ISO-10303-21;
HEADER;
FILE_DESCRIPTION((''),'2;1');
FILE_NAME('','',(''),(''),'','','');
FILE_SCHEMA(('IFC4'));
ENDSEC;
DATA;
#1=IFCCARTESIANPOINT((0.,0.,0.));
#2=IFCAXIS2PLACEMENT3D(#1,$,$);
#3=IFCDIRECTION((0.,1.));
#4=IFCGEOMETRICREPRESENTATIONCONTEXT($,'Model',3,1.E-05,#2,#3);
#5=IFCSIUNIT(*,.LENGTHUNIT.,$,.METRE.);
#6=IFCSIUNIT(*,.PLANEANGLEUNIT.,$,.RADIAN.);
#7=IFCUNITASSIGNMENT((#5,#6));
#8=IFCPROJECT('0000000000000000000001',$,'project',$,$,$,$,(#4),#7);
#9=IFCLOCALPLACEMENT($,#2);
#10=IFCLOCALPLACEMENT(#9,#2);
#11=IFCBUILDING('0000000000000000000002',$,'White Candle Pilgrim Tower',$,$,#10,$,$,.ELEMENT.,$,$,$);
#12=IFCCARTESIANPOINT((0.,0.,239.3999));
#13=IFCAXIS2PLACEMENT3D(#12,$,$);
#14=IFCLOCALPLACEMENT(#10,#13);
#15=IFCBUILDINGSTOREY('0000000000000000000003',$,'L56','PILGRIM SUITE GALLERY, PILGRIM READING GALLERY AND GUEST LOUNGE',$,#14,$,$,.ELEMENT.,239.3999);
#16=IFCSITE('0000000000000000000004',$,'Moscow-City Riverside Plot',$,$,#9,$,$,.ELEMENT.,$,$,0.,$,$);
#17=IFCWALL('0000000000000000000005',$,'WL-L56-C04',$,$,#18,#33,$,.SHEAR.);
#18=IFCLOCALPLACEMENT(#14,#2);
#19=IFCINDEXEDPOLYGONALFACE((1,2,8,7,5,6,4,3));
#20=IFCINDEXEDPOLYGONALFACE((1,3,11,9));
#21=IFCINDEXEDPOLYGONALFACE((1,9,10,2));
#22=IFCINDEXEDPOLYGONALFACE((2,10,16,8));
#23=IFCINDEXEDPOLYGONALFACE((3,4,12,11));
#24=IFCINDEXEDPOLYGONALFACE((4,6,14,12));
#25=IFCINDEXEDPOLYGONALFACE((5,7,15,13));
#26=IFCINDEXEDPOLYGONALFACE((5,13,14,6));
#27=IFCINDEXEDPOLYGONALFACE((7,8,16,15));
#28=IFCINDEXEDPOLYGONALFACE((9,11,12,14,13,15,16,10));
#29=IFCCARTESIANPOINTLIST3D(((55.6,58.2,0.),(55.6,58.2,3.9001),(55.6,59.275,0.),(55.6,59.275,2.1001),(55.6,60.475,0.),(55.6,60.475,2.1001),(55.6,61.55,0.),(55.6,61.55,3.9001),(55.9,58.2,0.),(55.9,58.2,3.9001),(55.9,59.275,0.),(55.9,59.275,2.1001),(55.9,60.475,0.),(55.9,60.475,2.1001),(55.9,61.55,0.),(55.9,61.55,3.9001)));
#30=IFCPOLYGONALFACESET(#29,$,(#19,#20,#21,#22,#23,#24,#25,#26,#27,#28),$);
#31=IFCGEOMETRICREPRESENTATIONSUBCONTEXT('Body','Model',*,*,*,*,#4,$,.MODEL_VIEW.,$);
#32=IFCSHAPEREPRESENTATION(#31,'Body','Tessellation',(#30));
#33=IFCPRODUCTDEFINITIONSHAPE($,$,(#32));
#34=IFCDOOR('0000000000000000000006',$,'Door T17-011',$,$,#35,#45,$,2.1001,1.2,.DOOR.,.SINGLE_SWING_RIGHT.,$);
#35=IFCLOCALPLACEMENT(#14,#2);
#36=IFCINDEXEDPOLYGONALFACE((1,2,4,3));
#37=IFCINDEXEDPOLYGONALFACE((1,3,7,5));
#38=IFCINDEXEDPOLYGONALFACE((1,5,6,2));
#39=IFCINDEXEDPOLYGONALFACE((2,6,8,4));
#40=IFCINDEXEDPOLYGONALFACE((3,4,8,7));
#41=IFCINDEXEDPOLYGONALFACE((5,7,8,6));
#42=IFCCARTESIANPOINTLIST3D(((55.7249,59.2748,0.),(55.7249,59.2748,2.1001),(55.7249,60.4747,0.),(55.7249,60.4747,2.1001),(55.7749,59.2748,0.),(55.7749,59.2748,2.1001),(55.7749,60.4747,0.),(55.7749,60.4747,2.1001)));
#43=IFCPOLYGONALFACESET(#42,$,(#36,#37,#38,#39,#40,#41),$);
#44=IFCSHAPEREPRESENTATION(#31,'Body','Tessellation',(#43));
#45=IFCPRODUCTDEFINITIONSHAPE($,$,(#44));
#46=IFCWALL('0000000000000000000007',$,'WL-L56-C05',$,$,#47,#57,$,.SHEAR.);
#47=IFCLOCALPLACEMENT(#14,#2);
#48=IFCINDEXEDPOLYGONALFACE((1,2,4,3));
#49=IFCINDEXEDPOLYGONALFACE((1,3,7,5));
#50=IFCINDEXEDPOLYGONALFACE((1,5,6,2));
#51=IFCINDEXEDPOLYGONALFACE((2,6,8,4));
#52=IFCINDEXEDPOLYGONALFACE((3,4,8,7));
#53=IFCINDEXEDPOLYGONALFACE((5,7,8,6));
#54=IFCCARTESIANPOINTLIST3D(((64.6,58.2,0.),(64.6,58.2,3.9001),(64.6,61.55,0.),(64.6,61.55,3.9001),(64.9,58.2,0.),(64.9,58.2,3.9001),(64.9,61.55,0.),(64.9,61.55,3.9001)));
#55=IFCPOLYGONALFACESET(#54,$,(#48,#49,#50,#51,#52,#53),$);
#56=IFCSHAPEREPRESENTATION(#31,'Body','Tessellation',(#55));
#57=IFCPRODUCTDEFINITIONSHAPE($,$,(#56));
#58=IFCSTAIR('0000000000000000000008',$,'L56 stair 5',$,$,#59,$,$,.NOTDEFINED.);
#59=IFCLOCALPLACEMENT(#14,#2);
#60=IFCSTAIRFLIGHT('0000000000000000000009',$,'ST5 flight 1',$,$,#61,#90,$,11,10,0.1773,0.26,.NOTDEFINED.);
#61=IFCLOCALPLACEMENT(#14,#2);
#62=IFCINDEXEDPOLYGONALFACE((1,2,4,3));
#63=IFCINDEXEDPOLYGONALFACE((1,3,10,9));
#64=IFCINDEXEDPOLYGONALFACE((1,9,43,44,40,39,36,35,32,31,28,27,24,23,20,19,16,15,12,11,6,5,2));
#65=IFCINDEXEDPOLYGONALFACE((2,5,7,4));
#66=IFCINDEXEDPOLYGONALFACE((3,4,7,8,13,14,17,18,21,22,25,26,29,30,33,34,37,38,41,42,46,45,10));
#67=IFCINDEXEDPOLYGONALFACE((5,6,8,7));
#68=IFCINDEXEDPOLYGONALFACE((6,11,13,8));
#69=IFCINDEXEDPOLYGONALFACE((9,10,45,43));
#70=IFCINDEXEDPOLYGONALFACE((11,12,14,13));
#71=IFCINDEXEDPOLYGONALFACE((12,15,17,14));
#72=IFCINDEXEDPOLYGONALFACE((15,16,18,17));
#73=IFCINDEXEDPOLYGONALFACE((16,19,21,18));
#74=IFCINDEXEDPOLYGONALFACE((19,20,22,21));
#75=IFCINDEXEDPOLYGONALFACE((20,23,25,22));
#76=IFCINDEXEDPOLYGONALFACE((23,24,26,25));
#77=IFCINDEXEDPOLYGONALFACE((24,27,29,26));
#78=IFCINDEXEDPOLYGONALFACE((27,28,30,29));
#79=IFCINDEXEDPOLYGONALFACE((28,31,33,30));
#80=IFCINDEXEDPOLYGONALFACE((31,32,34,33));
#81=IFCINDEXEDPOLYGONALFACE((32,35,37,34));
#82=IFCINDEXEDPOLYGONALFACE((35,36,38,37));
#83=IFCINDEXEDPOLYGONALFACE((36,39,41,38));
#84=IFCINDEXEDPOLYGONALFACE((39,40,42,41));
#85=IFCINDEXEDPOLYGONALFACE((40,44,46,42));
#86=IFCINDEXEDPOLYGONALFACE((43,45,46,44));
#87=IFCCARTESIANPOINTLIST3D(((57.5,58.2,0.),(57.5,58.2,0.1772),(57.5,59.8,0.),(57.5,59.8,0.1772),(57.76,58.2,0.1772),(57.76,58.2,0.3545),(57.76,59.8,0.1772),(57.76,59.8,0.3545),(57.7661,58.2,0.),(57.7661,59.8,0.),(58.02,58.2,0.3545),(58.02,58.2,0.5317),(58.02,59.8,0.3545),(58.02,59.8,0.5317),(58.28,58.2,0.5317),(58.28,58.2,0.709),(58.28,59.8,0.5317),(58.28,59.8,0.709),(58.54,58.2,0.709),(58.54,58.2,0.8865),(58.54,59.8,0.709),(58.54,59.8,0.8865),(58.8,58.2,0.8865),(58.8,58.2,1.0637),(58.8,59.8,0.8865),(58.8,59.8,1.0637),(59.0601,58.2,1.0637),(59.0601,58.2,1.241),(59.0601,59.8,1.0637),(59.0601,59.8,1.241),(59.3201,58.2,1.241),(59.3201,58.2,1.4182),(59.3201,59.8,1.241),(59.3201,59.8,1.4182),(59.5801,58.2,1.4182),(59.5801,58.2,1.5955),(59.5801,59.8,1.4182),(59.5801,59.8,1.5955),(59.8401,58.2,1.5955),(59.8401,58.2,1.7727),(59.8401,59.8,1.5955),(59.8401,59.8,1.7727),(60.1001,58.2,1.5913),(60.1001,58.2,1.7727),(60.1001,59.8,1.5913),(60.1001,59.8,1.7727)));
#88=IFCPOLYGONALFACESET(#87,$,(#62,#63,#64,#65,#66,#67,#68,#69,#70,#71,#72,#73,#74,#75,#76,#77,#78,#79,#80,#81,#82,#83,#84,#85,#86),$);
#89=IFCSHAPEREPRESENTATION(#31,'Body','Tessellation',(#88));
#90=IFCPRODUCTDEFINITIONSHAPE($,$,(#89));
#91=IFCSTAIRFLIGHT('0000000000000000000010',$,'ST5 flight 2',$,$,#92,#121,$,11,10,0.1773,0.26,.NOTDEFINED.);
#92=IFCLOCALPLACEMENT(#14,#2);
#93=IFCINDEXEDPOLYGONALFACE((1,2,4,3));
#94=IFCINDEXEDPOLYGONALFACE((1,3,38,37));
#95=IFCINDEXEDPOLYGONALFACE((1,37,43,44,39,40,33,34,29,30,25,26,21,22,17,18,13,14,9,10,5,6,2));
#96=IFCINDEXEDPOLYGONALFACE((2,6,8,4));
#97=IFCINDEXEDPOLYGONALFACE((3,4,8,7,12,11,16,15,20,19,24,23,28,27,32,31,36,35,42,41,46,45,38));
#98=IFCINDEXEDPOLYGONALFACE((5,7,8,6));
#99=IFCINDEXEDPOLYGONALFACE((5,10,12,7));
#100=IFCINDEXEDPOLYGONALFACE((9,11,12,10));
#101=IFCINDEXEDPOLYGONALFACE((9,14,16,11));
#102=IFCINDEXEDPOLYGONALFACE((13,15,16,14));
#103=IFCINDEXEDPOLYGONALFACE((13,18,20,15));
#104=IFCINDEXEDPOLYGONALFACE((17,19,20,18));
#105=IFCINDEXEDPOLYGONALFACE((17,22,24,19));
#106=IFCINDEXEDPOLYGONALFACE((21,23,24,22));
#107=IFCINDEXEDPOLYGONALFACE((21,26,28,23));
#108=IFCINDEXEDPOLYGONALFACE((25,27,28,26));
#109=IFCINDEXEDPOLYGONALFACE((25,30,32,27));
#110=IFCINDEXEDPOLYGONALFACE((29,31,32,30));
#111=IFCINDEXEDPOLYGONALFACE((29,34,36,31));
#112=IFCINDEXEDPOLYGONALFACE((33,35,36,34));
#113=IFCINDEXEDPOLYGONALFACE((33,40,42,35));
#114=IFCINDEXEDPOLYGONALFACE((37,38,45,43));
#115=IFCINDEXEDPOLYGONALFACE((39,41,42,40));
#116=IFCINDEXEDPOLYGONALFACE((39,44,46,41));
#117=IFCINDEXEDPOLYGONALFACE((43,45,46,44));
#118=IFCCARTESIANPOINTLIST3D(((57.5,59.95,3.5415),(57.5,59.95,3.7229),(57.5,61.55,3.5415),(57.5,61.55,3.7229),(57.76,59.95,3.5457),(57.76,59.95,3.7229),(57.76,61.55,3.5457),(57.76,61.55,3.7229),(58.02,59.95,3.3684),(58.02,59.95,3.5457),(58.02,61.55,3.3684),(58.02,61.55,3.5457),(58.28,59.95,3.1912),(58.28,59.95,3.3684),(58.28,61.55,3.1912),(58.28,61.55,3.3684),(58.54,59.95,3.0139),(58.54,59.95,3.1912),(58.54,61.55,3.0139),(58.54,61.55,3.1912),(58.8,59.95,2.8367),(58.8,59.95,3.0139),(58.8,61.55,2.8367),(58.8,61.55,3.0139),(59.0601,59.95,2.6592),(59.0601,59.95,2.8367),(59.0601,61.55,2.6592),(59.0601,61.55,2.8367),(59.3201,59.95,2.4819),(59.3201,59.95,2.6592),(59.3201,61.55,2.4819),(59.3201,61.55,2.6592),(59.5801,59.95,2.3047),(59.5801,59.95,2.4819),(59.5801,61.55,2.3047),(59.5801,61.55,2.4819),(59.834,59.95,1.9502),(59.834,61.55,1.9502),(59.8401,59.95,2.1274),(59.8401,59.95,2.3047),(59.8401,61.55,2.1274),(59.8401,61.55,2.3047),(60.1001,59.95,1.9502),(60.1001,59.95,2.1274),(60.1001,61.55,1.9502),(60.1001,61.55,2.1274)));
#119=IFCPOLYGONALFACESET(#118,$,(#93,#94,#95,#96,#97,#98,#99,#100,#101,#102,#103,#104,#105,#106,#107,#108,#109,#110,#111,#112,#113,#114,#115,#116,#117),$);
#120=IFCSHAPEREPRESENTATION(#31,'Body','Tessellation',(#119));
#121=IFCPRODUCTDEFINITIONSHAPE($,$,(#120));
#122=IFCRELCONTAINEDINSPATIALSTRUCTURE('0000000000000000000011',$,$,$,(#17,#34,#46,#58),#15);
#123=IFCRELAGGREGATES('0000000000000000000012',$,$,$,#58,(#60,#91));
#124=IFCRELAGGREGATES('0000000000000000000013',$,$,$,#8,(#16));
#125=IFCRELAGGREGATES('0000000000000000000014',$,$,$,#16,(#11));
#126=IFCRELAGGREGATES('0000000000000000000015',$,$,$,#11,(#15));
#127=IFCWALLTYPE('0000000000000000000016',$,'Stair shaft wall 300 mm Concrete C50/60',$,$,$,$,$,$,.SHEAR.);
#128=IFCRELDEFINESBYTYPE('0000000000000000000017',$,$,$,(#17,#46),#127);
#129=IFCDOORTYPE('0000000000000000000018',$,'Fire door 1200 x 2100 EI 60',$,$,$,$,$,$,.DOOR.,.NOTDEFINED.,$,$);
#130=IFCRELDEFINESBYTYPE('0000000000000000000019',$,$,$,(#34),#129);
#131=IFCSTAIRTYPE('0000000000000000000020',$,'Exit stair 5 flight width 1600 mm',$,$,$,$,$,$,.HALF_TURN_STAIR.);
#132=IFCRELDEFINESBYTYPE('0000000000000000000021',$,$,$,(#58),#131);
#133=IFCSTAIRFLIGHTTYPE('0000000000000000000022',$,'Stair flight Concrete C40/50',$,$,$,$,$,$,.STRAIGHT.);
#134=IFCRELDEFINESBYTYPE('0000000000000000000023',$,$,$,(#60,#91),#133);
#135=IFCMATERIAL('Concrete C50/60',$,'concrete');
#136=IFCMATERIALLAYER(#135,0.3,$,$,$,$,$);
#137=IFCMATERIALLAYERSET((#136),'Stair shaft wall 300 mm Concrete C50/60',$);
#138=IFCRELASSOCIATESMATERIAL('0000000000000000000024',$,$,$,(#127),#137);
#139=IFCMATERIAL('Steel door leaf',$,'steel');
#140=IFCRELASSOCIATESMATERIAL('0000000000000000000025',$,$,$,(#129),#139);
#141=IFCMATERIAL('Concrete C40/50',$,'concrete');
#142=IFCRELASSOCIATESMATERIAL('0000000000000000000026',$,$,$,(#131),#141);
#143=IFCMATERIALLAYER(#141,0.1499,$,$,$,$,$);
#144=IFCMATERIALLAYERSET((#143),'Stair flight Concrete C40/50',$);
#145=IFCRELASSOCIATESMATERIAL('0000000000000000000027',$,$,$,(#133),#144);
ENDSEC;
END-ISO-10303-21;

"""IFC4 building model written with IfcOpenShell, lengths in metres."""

from ifc_helpers import new_model, si_unit, direction, frame, frame_2d, origin, place, context, subcontext, project, spatial, polyline, rectangle, outline, extrude, material, layer, layer_set, type_object, element, fill, aggregate, save


model = new_model("IFC4")

# Units and contexts
model_context = context("Model", 3, precision=1e-05, world=origin(), true_north=direction((0.0, 1.0)))
body_context = subcontext(model_context, "Body", "Model", "MODEL_VIEW")
ifc_project = project(units=[si_unit("LENGTHUNIT", "METRE"), si_unit("PLANEANGLEUNIT", "RADIAN")], contexts=[model_context])

# Site, building, storey
site_placement = place(None, origin())
site = spatial("IfcSite", under=ifc_project, at=site_placement, Name="Moscow-City Riverside Plot", CompositionType="ELEMENT", RefElevation=0.0)
building_placement = place(site_placement, origin())
building = spatial("IfcBuilding", under=site, at=building_placement, Name="White Candle Pilgrim Tower", CompositionType="ELEMENT")
storey_placement = place(building_placement, frame((0.0, 0.0, 239.3999)))
storey = spatial("IfcBuildingStorey", under=building, at=storey_placement, Name="L56", Description="PILGRIM SUITE GALLERY, PILGRIM READING GALLERY AND GUEST LOUNGE", CompositionType="ELEMENT", Elevation=239.3999)

# Shared definitions
ifc_material_1 = material(Name="Concrete C50/60", Category="concrete")

# Shared definitions
ifc_material_2 = material(Name="Steel door leaf", Category="steel")

# Wall, opening, door
ifc_layer_1 = layer(ifc_material_1, 0.3)
ifc_layer_set_1 = layer_set([ifc_layer_1], Name="Stair shaft wall 300 mm Concrete C50/60")
wall_type_1 = type_object("IfcWallType", Name="Stair shaft wall 300 mm Concrete C50/60", PredefinedType="SHEAR", material=ifc_layer_set_1)
wall_1_placement = place(storey_placement, frame((55.75, 58.2, 0.0), z_axis=(0.0, 0.0, 1.0), x_axis=(0.0, 1.0, 0.0)))
wall_1 = element("IfcWall", 1, at=wall_1_placement, inside=storey, type_object=wall_type_1, Name="WL-L56-C04", PredefinedType="SHEAR", context=body_context, shape_type="SweptSolid", body=[
    extrude(rectangle(XDim=3.3501, YDim=0.3, at=frame_2d((1.675, 0.0))), origin(), (0.0, 0.0, 1.0), 3.9001),
])
opening_1_placement = place(wall_1_placement, frame((1.075, 0.0, 0.0)))
opening_1 = element("IfcOpeningElement", 2, at=opening_1_placement, cuts=wall_1, PredefinedType="OPENING", context=body_context, shape_type="SweptSolid", body=[
    extrude(rectangle(XDim=1.2, YDim=2.1001, at=frame_2d((0.6001, 1.05))), frame((0.0, 0.1599, 0.0), z_axis=(0.0, -1.0, 0.0), x_axis=(1.0, 0.0, 0.0)), (0.0, 0.0, 1.0), 0.3201),
])
door_type_1 = type_object("IfcDoorType", Name="Fire door 1200 x 2100 EI 60", OperationType="NOTDEFINED", PredefinedType="DOOR", material=ifc_material_2)
door_1_placement = place(opening_1_placement, frame((1.2, 0.0, 0.0), z_axis=(0.0, 0.0, 1.0), x_axis=(-1.0, 0.0, 0.0)))
door_1 = element("IfcDoor", 3, at=door_1_placement, inside=storey, type_object=door_type_1, Name="Door T17-011", OperationType="SINGLE_SWING_RIGHT", OverallHeight=2.1001, OverallWidth=1.2, PredefinedType="DOOR", context=body_context, shape_type="SweptSolid", body=[
    extrude(rectangle(XDim=1.2, YDim=2.1001, at=frame_2d((0.6001, 1.05))), frame((0.0, 0.0249, 0.0), z_axis=(0.0, -1.0, 0.0), x_axis=(1.0, 0.0, 0.0)), (0.0, 0.0, 1.0), 0.05),
])
fill(opening_1, door_1)

# Wall
wall_2_placement = place(storey_placement, frame((64.75, 58.2, 0.0), z_axis=(0.0, 0.0, 1.0), x_axis=(0.0, 1.0, 0.0)))
element("IfcWall", 4, at=wall_2_placement, inside=storey, type_object=wall_type_1, Name="WL-L56-C05", PredefinedType="SHEAR", context=body_context, shape_type="SweptSolid", body=[
    extrude(rectangle(XDim=3.3501, YDim=0.3, at=frame_2d((1.675, 0.0))), origin(), (0.0, 0.0, 1.0), 3.9001),
])

# Stair, stair flights
ifc_material_3 = material(Name="Concrete C40/50", Category="concrete")
stair_type = type_object("IfcStairType", Name="Exit stair 5 flight width 1600 mm", PredefinedType="HALF_TURN_STAIR", material=ifc_material_3)
stair_placement = place(storey_placement, origin())
stair = element("IfcStair", 5, at=stair_placement, inside=storey, type_object=stair_type, Name="L56 stair 5", PredefinedType="NOTDEFINED")
ifc_layer_2 = layer(ifc_material_3, 0.1499)
ifc_layer_set_2 = layer_set([ifc_layer_2], Name="Stair flight Concrete C40/50")
stair_flight_type = type_object("IfcStairFlightType", Name="Stair flight Concrete C40/50", PredefinedType="STRAIGHT", material=ifc_layer_set_2)
stair_flight_1_placement = place(storey_placement, frame((57.5, 59.0, 0.0), z_axis=(0.0, 0.0, 1.0), x_axis=(1.0, 0.0, 0.0)))
stair_flight_1 = element("IfcStairFlight", 6, at=stair_flight_1_placement, type_object=stair_flight_type, Name="ST5 flight 1", NumberOfRisers=11, NumberOfTreads=10, PredefinedType="NOTDEFINED", RiserHeight=0.1773, TreadLength=0.26, context=body_context, shape_type="SweptSolid", body=[
    extrude(outline(polyline([(0.0, 0.0), (0.0, 0.1772), (0.26, 0.1772), (0.26, 0.3545), (0.52, 0.3545), (0.52, 0.5317), (0.78, 0.5317), (0.78, 0.709), (1.04, 0.709), (1.04, 0.8865), (1.3, 0.8865), (1.3, 1.0637), (1.5601, 1.0637), (1.5601, 1.241), (1.8201, 1.241), (1.8201, 1.4182), (2.0801, 1.4182), (2.0801, 1.5955), (2.3401, 1.5955), (2.3401, 1.7727), (2.6001, 1.7727), (2.6001, 1.95), (2.6001, 1.5913), (0.2661, 0.0), (0.0, 0.0)])), frame((0.0, 0.8, 0.0), z_axis=(0.0, -1.0, 0.0), x_axis=(1.0, 0.0, 0.0)), (0.0, 0.0, 1.0), 1.6001),
])
stair_flight_2_placement = place(storey_placement, frame((60.1001, 60.75, 1.9502), z_axis=(0.0, 0.0, 1.0), x_axis=(-1.0, 0.0, 0.0)))
stair_flight_2 = element("IfcStairFlight", 7, at=stair_flight_2_placement, type_object=stair_flight_type, Name="ST5 flight 2", NumberOfRisers=11, NumberOfTreads=10, PredefinedType="NOTDEFINED", RiserHeight=0.1773, TreadLength=0.26, context=body_context, shape_type="SweptSolid", body=[
    extrude(outline(polyline([(0.0, 0.0), (0.0, 0.1772), (0.26, 0.1772), (0.26, 0.3545), (0.52, 0.3545), (0.52, 0.5317), (0.78, 0.5317), (0.78, 0.709), (1.04, 0.709), (1.04, 0.8865), (1.3, 0.8865), (1.3, 1.0637), (1.5601, 1.0637), (1.5601, 1.241), (1.8201, 1.241), (1.8201, 1.4182), (2.0801, 1.4182), (2.0801, 1.5955), (2.3401, 1.5955), (2.3401, 1.7727), (2.6001, 1.7727), (2.6001, 1.95), (2.6001, 1.5913), (0.2661, 0.0), (0.0, 0.0)])), frame((0.0, 0.8, 0.0), z_axis=(0.0, -1.0, 0.0), x_axis=(1.0, 0.0, 0.0)), (0.0, 0.0, 1.0), 1.6001),
])
aggregate(stair, [stair_flight_1, stair_flight_2])

save(model, "model.ifc")
